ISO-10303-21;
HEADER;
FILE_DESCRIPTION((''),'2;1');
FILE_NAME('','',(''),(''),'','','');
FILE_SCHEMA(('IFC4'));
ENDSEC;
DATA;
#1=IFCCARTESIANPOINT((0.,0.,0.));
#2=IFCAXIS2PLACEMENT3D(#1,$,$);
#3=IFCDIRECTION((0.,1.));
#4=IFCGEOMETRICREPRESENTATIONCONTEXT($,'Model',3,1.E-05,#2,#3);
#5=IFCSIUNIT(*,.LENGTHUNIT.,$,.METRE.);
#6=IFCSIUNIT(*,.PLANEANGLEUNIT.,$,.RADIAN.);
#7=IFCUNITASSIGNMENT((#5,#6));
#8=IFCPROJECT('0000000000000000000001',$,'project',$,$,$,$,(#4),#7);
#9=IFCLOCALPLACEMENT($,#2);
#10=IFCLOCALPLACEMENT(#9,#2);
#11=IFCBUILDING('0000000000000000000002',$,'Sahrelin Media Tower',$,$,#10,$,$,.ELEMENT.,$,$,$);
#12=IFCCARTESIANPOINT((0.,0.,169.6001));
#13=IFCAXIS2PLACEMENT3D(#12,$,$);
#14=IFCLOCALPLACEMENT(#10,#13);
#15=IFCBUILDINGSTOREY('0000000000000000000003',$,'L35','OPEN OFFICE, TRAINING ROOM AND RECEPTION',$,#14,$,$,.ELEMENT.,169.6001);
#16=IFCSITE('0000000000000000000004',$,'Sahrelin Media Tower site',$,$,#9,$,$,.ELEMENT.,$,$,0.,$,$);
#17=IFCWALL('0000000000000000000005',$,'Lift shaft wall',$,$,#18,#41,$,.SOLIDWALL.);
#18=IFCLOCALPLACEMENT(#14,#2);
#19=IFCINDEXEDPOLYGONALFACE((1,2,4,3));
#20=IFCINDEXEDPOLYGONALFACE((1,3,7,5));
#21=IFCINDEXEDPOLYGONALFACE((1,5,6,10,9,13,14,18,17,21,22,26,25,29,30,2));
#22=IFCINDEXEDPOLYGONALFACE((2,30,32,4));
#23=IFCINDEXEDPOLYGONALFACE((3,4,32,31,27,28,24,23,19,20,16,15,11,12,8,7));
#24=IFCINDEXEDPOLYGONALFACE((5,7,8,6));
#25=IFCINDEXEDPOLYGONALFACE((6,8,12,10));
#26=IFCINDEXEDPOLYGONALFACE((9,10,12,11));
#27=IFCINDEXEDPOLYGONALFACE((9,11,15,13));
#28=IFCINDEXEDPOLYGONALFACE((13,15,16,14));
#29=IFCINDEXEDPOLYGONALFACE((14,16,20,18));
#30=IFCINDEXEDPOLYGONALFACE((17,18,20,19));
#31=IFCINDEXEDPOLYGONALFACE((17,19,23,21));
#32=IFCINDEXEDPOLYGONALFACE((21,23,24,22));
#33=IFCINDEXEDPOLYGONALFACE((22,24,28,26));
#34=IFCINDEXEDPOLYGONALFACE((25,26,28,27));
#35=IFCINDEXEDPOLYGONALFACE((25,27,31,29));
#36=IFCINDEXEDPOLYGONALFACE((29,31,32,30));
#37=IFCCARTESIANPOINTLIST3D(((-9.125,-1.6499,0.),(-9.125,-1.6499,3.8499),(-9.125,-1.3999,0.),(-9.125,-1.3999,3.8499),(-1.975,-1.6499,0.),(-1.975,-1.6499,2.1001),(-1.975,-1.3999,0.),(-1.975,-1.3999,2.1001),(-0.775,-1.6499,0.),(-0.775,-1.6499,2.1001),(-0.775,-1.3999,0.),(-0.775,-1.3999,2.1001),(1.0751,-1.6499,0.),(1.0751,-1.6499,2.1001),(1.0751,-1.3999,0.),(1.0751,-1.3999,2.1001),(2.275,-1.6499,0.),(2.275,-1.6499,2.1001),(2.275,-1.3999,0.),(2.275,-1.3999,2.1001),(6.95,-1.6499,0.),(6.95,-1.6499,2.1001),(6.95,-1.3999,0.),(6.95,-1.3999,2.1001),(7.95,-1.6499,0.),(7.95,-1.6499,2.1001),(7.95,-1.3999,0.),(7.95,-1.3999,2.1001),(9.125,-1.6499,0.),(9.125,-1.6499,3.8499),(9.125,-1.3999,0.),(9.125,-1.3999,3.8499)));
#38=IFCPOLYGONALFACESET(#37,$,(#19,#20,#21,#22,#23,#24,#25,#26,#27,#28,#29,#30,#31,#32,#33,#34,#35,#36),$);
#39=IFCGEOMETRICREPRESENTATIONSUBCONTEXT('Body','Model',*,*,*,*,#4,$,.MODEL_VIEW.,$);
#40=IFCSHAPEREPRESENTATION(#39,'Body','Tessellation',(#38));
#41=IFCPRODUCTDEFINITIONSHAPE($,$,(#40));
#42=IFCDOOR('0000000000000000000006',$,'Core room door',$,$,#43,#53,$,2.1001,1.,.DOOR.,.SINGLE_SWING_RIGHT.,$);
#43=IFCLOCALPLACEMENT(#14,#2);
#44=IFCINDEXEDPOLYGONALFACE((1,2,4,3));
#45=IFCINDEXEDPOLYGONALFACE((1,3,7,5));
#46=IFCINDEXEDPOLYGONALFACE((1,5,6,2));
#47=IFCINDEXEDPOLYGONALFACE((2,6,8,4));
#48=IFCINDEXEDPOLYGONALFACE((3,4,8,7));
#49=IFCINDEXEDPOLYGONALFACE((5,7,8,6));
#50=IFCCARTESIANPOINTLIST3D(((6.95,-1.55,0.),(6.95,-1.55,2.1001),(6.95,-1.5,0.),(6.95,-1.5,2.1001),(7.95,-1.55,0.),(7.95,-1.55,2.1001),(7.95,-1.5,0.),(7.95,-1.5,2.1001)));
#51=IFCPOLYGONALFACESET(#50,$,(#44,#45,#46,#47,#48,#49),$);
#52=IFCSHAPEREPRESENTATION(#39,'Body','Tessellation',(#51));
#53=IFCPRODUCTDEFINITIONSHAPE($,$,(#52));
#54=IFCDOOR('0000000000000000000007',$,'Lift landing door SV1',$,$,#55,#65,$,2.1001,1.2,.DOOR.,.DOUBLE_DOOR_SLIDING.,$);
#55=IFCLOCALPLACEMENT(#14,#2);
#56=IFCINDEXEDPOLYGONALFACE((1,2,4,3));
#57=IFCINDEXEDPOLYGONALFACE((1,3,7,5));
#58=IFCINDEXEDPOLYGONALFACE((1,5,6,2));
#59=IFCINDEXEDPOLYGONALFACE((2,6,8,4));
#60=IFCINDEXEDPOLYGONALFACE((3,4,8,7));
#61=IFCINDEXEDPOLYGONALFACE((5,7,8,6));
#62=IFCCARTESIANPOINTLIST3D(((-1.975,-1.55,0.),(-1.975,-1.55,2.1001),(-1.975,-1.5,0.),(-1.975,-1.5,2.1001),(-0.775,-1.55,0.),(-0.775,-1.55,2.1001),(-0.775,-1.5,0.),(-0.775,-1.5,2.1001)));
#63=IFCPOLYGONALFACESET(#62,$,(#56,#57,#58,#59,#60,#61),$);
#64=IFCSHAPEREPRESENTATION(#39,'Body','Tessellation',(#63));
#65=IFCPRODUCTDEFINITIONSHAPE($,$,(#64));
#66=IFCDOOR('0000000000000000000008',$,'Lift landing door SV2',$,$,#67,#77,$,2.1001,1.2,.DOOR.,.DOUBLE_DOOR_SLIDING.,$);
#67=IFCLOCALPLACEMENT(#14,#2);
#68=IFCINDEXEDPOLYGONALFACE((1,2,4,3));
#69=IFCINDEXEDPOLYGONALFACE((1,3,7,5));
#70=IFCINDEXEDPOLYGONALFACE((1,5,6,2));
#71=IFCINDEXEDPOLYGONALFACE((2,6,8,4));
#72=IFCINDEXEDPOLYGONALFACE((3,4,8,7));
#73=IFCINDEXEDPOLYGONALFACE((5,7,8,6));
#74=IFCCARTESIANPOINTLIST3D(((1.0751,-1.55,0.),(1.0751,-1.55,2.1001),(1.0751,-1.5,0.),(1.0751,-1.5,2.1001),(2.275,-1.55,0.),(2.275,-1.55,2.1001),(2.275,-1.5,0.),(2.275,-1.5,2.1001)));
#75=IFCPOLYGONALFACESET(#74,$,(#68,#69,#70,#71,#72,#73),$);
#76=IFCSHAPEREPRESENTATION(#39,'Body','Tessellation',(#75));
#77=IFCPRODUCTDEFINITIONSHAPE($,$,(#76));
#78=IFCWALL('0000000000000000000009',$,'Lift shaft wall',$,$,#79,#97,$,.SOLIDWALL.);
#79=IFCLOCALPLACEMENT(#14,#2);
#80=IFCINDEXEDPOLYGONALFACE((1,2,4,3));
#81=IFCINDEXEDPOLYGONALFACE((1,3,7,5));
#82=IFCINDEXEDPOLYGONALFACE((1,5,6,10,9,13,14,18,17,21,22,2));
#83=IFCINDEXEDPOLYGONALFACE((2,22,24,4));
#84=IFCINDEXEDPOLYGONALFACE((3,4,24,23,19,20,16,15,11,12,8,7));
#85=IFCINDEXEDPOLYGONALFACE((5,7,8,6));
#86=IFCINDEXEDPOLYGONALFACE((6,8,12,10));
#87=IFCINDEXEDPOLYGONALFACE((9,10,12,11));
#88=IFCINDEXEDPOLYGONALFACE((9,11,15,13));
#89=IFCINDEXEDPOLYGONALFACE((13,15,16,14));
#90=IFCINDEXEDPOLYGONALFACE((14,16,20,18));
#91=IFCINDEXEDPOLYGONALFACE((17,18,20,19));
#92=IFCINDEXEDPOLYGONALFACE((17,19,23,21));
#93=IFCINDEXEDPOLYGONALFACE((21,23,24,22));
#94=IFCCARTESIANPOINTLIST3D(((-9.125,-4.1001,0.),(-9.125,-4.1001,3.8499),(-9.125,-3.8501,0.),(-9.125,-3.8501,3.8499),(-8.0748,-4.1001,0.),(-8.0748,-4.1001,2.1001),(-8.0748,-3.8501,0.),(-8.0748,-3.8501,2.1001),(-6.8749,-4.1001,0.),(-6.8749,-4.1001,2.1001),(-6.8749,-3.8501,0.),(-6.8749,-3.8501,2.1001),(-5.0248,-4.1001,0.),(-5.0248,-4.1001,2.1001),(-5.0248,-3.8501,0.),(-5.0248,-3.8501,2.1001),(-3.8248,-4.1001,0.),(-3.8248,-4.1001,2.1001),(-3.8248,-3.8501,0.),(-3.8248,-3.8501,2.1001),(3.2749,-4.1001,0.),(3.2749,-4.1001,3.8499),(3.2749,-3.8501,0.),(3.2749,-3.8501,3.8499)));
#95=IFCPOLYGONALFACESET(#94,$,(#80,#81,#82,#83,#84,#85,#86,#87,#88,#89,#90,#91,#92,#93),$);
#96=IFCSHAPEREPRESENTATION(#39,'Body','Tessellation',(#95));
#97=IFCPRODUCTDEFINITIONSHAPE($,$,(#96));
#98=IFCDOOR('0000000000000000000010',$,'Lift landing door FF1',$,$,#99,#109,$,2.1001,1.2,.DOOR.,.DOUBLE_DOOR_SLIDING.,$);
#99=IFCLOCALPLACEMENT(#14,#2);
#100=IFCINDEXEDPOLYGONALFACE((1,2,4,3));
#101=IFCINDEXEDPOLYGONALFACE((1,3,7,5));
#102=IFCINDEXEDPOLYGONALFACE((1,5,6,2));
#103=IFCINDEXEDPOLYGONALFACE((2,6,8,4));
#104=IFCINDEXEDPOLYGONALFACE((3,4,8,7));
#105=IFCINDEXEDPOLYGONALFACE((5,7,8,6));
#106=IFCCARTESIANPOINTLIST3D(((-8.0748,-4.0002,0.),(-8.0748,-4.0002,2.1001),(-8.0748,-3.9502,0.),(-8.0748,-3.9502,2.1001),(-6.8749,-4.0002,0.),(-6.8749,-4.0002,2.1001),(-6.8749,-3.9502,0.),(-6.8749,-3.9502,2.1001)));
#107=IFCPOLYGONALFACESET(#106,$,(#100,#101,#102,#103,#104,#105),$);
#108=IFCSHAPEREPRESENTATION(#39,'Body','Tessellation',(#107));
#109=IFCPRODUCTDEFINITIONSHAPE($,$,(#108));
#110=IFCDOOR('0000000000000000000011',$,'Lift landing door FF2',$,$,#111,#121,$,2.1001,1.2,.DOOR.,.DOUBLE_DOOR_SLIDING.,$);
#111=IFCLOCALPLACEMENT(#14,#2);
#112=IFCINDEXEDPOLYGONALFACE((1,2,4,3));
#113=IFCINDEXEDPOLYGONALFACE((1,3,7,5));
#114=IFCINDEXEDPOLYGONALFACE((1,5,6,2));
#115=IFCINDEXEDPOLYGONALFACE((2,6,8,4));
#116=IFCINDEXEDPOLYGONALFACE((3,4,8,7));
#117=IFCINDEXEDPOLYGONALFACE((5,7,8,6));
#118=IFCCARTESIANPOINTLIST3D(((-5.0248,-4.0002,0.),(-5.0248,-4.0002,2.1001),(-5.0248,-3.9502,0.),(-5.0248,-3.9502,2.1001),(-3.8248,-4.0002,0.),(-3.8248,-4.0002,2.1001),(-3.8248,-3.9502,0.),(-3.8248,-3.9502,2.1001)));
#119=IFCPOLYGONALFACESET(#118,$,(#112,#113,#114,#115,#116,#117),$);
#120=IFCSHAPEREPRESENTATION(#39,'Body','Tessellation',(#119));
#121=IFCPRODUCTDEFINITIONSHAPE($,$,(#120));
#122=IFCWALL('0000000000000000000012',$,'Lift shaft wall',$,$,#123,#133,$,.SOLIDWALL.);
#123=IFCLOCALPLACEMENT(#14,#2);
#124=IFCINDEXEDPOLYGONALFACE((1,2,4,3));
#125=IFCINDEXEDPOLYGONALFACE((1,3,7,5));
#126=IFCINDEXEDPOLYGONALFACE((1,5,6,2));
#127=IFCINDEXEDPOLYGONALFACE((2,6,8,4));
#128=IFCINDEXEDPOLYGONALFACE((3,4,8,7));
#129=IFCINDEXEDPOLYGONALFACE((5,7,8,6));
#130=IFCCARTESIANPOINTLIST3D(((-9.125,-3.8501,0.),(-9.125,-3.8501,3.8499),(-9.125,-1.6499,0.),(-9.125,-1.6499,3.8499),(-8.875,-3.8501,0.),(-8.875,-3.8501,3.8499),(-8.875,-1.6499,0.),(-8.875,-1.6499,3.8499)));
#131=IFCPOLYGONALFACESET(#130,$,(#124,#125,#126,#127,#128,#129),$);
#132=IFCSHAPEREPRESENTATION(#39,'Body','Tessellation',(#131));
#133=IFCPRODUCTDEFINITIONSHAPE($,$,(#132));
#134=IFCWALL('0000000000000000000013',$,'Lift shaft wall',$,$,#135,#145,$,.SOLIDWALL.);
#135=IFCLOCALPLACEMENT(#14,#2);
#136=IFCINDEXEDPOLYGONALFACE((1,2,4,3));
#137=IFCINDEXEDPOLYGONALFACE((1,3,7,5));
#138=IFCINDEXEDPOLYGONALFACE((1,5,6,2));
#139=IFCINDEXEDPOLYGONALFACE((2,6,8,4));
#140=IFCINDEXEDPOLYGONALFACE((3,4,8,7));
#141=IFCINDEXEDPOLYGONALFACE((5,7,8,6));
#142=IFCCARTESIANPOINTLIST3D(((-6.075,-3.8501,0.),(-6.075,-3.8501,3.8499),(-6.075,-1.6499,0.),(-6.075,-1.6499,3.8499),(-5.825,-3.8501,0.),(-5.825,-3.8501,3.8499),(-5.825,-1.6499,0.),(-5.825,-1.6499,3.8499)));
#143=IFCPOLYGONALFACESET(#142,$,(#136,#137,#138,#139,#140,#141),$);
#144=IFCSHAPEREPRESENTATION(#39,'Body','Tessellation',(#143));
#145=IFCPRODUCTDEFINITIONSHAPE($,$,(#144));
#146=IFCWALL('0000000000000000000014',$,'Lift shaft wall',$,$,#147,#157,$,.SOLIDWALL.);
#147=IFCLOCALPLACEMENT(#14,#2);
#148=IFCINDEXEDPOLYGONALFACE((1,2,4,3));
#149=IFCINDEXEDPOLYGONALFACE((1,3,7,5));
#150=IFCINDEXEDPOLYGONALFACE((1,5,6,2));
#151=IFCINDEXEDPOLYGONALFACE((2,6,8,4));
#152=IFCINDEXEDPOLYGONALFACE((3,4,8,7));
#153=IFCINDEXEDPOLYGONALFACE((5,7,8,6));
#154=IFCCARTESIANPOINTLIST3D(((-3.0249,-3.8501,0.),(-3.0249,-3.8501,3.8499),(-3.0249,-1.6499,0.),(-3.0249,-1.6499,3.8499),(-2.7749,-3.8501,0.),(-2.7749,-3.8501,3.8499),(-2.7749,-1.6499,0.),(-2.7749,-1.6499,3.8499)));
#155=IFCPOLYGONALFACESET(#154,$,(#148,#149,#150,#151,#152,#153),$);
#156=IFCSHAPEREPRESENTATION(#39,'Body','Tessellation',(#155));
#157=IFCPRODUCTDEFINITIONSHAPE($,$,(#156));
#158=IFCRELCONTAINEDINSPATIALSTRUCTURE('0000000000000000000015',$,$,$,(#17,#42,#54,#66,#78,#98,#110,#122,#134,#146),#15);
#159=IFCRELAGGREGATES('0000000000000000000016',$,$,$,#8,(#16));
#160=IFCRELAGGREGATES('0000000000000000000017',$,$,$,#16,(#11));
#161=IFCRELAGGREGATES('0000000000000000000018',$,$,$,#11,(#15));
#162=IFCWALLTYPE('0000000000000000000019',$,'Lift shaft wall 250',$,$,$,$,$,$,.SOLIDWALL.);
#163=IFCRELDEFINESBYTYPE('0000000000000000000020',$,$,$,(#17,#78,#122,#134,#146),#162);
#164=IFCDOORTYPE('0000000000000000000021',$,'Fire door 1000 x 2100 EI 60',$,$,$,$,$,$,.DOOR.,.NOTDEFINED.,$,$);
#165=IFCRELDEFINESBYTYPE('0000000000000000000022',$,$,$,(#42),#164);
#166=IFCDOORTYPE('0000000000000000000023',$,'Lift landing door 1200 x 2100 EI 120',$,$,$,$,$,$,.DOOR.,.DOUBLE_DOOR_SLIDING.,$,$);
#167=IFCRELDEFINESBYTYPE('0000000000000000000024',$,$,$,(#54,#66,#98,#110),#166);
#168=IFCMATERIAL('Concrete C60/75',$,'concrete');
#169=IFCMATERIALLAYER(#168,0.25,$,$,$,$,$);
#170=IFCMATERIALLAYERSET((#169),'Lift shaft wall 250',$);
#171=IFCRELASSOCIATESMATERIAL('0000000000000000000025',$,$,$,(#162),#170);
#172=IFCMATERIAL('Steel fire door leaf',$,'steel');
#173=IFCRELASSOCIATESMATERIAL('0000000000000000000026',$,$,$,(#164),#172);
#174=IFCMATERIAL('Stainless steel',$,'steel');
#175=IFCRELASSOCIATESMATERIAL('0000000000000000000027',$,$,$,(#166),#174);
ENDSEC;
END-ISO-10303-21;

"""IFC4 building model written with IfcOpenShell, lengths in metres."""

from ifc_helpers import new_model, si_unit, direction, frame, frame_2d, origin, place, context, subcontext, project, spatial, rectangle, extrude, material, layer, layer_set, type_object, element, fill, save


model = new_model("IFC4")

# Units and contexts
model_context = context("Model", 3, precision=1e-05, world=origin(), true_north=direction((0.0, 1.0)))
body_context = subcontext(model_context, "Body", "Model", "MODEL_VIEW")
ifc_project = project(units=[si_unit("LENGTHUNIT", "METRE"), si_unit("PLANEANGLEUNIT", "RADIAN")], contexts=[model_context])

# Site, building, storey
site_placement = place(None, origin())
site = spatial("IfcSite", under=ifc_project, at=site_placement, Name="Sahrelin Media Tower site", CompositionType="ELEMENT", RefElevation=0.0)
building_placement = place(site_placement, origin())
building = spatial("IfcBuilding", under=site, at=building_placement, Name="Sahrelin Media Tower", CompositionType="ELEMENT")
storey_placement = place(building_placement, frame((0.0, 0.0, 169.6001)))
storey = spatial("IfcBuildingStorey", under=building, at=storey_placement, Name="L35", Description="OPEN OFFICE, TRAINING ROOM AND RECEPTION", CompositionType="ELEMENT", Elevation=169.6001)

# Shared definitions
ifc_material_1 = material(Name="Steel fire door leaf", Category="steel")

# Walls, openings, doors
ifc_material_2 = material(Name="Concrete C60/75", Category="concrete")
ifc_layer_1 = layer(ifc_material_2, 0.25)
ifc_layer_set_1 = layer_set([ifc_layer_1], Name="Lift shaft wall 250")
wall_type_1 = type_object("IfcWallType", Name="Lift shaft wall 250", PredefinedType="SOLIDWALL", material=ifc_layer_set_1)
wall_1_placement = place(storey_placement, frame((-9.125, -1.5249, 0.0), z_axis=(0.0, 0.0, 1.0), x_axis=(1.0, 0.0, 0.0)))
wall_1 = element("IfcWall", 1, at=wall_1_placement, inside=storey, type_object=wall_type_1, Name="Lift shaft wall", PredefinedType="SOLIDWALL", context=body_context, shape_type="SweptSolid", body=[
    extrude(rectangle(XDim=18.25, YDim=0.25, at=frame_2d((9.125, 0.0))), origin(), (0.0, 0.0, 1.0), 3.8499),
])
opening_1_placement = place(wall_1_placement, frame((7.1499, 0.0, 0.0)))
opening_1 = element("IfcOpeningElement", 2, at=opening_1_placement, cuts=wall_1, PredefinedType="OPENING", context=body_context, shape_type="SweptSolid", body=[
    extrude(rectangle(XDim=1.2, YDim=2.1001, at=frame_2d((0.6001, 1.05))), frame((0.0, 0.125, 0.0), z_axis=(0.0, -1.0, 0.0), x_axis=(1.0, 0.0, 0.0)), (0.0, 0.0, 1.0), 0.25),
])
opening_2_placement = place(wall_1_placement, frame((10.2, 0.0, 0.0)))
opening_2 = element("IfcOpeningElement", 3, at=opening_2_placement, cuts=wall_1, PredefinedType="OPENING", context=body_context, shape_type="SweptSolid", body=[
    extrude(rectangle(XDim=1.2, YDim=2.1001, at=frame_2d((0.6001, 1.05))), frame((0.0, 0.125, 0.0), z_axis=(0.0, -1.0, 0.0), x_axis=(1.0, 0.0, 0.0)), (0.0, 0.0, 1.0), 0.25),
])
opening_3_placement = place(wall_1_placement, frame((16.075, 0.0, 0.0)))
opening_3 = element("IfcOpeningElement", 4, at=opening_3_placement, cuts=wall_1, PredefinedType="OPENING", context=body_context, shape_type="SweptSolid", body=[
    extrude(rectangle(XDim=1.0, YDim=2.1001, at=frame_2d((0.5, 1.05))), frame((0.0, 0.125, 0.0), z_axis=(0.0, -1.0, 0.0), x_axis=(1.0, 0.0, 0.0)), (0.0, 0.0, 1.0), 0.25),
])
door_type_1 = type_object("IfcDoorType", Name="Fire door 1000 x 2100 EI 60", OperationType="NOTDEFINED", PredefinedType="DOOR", material=ifc_material_1)
door_1_placement = place(opening_3_placement, origin())
door_1 = element("IfcDoor", 5, at=door_1_placement, inside=storey, type_object=door_type_1, Name="Core room door", OperationType="SINGLE_SWING_RIGHT", OverallHeight=2.1001, OverallWidth=1.0, PredefinedType="DOOR", context=body_context, shape_type="SweptSolid", body=[
    extrude(rectangle(XDim=1.0, YDim=2.1001, at=frame_2d((0.5, 1.05))), frame((0.0, 0.0249, 0.0), z_axis=(0.0, -1.0, 0.0), x_axis=(1.0, 0.0, 0.0)), (0.0, 0.0, 1.0), 0.05),
])
fill(opening_3, door_1)
ifc_material_3 = material(Name="Stainless steel", Category="steel")
door_type_2 = type_object("IfcDoorType", Name="Lift landing door 1200 x 2100 EI 120", OperationType="DOUBLE_DOOR_SLIDING", PredefinedType="DOOR", material=ifc_material_3)
door_2_placement = place(opening_1_placement, origin())
door_2 = element("IfcDoor", 6, at=door_2_placement, inside=storey, type_object=door_type_2, Name="Lift landing door SV1", OperationType="DOUBLE_DOOR_SLIDING", OverallHeight=2.1001, OverallWidth=1.2, PredefinedType="DOOR", context=body_context, shape_type="SweptSolid", body=[
    extrude(rectangle(XDim=1.2, YDim=2.1001, at=frame_2d((0.6001, 1.05))), frame((0.0, 0.0249, 0.0), z_axis=(0.0, -1.0, 0.0), x_axis=(1.0, 0.0, 0.0)), (0.0, 0.0, 1.0), 0.05),
])
fill(opening_1, door_2)
door_3_placement = place(opening_2_placement, origin())
door_3 = element("IfcDoor", 7, at=door_3_placement, inside=storey, type_object=door_type_2, Name="Lift landing door SV2", OperationType="DOUBLE_DOOR_SLIDING", OverallHeight=2.1001, OverallWidth=1.2, PredefinedType="DOOR", context=body_context, shape_type="SweptSolid", body=[
    extrude(rectangle(XDim=1.2, YDim=2.1001, at=frame_2d((0.6001, 1.05))), frame((0.0, 0.0249, 0.0), z_axis=(0.0, -1.0, 0.0), x_axis=(1.0, 0.0, 0.0)), (0.0, 0.0, 1.0), 0.05),
])
fill(opening_2, door_3)
wall_2_placement = place(storey_placement, frame((-9.125, -3.9751, 0.0), z_axis=(0.0, 0.0, 1.0), x_axis=(1.0, 0.0, 0.0)))
wall_2 = element("IfcWall", 8, at=wall_2_placement, inside=storey, type_object=wall_type_1, Name="Lift shaft wall", PredefinedType="SOLIDWALL", context=body_context, shape_type="SweptSolid", body=[
    extrude(rectangle(XDim=12.3999, YDim=0.25, at=frame_2d((6.2, 0.0))), origin(), (0.0, 0.0, 1.0), 3.8499),
])
opening_4_placement = place(wall_2_placement, frame((1.05, 0.0, 0.0)))
opening_4 = element("IfcOpeningElement", 9, at=opening_4_placement, cuts=wall_2, PredefinedType="OPENING", context=body_context, shape_type="SweptSolid", body=[
    extrude(rectangle(XDim=1.2, YDim=2.1001, at=frame_2d((0.6001, 1.05))), frame((0.0, 0.125, 0.0), z_axis=(0.0, -1.0, 0.0), x_axis=(1.0, 0.0, 0.0)), (0.0, 0.0, 1.0), 0.25),
])
opening_5_placement = place(wall_2_placement, frame((4.1001, 0.0, 0.0)))
opening_5 = element("IfcOpeningElement", 10, at=opening_5_placement, cuts=wall_2, PredefinedType="OPENING", context=body_context, shape_type="SweptSolid", body=[
    extrude(rectangle(XDim=1.2, YDim=2.1001, at=frame_2d((0.6001, 1.05))), frame((0.0, 0.125, 0.0), z_axis=(0.0, -1.0, 0.0), x_axis=(1.0, 0.0, 0.0)), (0.0, 0.0, 1.0), 0.25),
])
door_4_placement = place(opening_4_placement, origin())
door_4 = element("IfcDoor", 11, at=door_4_placement, inside=storey, type_object=door_type_2, Name="Lift landing door FF1", OperationType="DOUBLE_DOOR_SLIDING", OverallHeight=2.1001, OverallWidth=1.2, PredefinedType="DOOR", context=body_context, shape_type="SweptSolid", body=[
    extrude(rectangle(XDim=1.2, YDim=2.1001, at=frame_2d((0.6001, 1.05))), frame((0.0, 0.0249, 0.0), z_axis=(0.0, -1.0, 0.0), x_axis=(1.0, 0.0, 0.0)), (0.0, 0.0, 1.0), 0.05),
])
fill(opening_4, door_4)
door_5_placement = place(opening_5_placement, origin())
door_5 = element("IfcDoor", 12, at=door_5_placement, inside=storey, type_object=door_type_2, Name="Lift landing door FF2", OperationType="DOUBLE_DOOR_SLIDING", OverallHeight=2.1001, OverallWidth=1.2, PredefinedType="DOOR", context=body_context, shape_type="SweptSolid", body=[
    extrude(rectangle(XDim=1.2, YDim=2.1001, at=frame_2d((0.6001, 1.05))), frame((0.0, 0.0249, 0.0), z_axis=(0.0, -1.0, 0.0), x_axis=(1.0, 0.0, 0.0)), (0.0, 0.0, 1.0), 0.05),
])
fill(opening_5, door_5)

# Walls
for number, where, z_axis, x_axis, name in (
    (13, (-9.0, -3.8501, 0.0), (0.0, 0.0, 1.0), (0.0, 1.0, 0.0), "Lift shaft wall"),
    (14, (-5.95, -3.8501, 0.0), (0.0, 0.0, 1.0), (0.0, 1.0, 0.0), "Lift shaft wall"),
    (15, (-2.8999, -3.8501, 0.0), (0.0, 0.0, 1.0), (0.0, 1.0, 0.0), "Lift shaft wall"),
):
    element("IfcWall", number, at=place(storey_placement, frame(where, z_axis=z_axis, x_axis=x_axis)), inside=storey, type_object=wall_type_1, Name=name, PredefinedType="SOLIDWALL", context=body_context, shape_type="SweptSolid", body=[
        extrude(rectangle(XDim=2.2002, YDim=0.25, at=frame_2d((1.1001, 0.0))), origin(), (0.0, 0.0, 1.0), 3.8499),
    ])

save(model, "model.ifc")
